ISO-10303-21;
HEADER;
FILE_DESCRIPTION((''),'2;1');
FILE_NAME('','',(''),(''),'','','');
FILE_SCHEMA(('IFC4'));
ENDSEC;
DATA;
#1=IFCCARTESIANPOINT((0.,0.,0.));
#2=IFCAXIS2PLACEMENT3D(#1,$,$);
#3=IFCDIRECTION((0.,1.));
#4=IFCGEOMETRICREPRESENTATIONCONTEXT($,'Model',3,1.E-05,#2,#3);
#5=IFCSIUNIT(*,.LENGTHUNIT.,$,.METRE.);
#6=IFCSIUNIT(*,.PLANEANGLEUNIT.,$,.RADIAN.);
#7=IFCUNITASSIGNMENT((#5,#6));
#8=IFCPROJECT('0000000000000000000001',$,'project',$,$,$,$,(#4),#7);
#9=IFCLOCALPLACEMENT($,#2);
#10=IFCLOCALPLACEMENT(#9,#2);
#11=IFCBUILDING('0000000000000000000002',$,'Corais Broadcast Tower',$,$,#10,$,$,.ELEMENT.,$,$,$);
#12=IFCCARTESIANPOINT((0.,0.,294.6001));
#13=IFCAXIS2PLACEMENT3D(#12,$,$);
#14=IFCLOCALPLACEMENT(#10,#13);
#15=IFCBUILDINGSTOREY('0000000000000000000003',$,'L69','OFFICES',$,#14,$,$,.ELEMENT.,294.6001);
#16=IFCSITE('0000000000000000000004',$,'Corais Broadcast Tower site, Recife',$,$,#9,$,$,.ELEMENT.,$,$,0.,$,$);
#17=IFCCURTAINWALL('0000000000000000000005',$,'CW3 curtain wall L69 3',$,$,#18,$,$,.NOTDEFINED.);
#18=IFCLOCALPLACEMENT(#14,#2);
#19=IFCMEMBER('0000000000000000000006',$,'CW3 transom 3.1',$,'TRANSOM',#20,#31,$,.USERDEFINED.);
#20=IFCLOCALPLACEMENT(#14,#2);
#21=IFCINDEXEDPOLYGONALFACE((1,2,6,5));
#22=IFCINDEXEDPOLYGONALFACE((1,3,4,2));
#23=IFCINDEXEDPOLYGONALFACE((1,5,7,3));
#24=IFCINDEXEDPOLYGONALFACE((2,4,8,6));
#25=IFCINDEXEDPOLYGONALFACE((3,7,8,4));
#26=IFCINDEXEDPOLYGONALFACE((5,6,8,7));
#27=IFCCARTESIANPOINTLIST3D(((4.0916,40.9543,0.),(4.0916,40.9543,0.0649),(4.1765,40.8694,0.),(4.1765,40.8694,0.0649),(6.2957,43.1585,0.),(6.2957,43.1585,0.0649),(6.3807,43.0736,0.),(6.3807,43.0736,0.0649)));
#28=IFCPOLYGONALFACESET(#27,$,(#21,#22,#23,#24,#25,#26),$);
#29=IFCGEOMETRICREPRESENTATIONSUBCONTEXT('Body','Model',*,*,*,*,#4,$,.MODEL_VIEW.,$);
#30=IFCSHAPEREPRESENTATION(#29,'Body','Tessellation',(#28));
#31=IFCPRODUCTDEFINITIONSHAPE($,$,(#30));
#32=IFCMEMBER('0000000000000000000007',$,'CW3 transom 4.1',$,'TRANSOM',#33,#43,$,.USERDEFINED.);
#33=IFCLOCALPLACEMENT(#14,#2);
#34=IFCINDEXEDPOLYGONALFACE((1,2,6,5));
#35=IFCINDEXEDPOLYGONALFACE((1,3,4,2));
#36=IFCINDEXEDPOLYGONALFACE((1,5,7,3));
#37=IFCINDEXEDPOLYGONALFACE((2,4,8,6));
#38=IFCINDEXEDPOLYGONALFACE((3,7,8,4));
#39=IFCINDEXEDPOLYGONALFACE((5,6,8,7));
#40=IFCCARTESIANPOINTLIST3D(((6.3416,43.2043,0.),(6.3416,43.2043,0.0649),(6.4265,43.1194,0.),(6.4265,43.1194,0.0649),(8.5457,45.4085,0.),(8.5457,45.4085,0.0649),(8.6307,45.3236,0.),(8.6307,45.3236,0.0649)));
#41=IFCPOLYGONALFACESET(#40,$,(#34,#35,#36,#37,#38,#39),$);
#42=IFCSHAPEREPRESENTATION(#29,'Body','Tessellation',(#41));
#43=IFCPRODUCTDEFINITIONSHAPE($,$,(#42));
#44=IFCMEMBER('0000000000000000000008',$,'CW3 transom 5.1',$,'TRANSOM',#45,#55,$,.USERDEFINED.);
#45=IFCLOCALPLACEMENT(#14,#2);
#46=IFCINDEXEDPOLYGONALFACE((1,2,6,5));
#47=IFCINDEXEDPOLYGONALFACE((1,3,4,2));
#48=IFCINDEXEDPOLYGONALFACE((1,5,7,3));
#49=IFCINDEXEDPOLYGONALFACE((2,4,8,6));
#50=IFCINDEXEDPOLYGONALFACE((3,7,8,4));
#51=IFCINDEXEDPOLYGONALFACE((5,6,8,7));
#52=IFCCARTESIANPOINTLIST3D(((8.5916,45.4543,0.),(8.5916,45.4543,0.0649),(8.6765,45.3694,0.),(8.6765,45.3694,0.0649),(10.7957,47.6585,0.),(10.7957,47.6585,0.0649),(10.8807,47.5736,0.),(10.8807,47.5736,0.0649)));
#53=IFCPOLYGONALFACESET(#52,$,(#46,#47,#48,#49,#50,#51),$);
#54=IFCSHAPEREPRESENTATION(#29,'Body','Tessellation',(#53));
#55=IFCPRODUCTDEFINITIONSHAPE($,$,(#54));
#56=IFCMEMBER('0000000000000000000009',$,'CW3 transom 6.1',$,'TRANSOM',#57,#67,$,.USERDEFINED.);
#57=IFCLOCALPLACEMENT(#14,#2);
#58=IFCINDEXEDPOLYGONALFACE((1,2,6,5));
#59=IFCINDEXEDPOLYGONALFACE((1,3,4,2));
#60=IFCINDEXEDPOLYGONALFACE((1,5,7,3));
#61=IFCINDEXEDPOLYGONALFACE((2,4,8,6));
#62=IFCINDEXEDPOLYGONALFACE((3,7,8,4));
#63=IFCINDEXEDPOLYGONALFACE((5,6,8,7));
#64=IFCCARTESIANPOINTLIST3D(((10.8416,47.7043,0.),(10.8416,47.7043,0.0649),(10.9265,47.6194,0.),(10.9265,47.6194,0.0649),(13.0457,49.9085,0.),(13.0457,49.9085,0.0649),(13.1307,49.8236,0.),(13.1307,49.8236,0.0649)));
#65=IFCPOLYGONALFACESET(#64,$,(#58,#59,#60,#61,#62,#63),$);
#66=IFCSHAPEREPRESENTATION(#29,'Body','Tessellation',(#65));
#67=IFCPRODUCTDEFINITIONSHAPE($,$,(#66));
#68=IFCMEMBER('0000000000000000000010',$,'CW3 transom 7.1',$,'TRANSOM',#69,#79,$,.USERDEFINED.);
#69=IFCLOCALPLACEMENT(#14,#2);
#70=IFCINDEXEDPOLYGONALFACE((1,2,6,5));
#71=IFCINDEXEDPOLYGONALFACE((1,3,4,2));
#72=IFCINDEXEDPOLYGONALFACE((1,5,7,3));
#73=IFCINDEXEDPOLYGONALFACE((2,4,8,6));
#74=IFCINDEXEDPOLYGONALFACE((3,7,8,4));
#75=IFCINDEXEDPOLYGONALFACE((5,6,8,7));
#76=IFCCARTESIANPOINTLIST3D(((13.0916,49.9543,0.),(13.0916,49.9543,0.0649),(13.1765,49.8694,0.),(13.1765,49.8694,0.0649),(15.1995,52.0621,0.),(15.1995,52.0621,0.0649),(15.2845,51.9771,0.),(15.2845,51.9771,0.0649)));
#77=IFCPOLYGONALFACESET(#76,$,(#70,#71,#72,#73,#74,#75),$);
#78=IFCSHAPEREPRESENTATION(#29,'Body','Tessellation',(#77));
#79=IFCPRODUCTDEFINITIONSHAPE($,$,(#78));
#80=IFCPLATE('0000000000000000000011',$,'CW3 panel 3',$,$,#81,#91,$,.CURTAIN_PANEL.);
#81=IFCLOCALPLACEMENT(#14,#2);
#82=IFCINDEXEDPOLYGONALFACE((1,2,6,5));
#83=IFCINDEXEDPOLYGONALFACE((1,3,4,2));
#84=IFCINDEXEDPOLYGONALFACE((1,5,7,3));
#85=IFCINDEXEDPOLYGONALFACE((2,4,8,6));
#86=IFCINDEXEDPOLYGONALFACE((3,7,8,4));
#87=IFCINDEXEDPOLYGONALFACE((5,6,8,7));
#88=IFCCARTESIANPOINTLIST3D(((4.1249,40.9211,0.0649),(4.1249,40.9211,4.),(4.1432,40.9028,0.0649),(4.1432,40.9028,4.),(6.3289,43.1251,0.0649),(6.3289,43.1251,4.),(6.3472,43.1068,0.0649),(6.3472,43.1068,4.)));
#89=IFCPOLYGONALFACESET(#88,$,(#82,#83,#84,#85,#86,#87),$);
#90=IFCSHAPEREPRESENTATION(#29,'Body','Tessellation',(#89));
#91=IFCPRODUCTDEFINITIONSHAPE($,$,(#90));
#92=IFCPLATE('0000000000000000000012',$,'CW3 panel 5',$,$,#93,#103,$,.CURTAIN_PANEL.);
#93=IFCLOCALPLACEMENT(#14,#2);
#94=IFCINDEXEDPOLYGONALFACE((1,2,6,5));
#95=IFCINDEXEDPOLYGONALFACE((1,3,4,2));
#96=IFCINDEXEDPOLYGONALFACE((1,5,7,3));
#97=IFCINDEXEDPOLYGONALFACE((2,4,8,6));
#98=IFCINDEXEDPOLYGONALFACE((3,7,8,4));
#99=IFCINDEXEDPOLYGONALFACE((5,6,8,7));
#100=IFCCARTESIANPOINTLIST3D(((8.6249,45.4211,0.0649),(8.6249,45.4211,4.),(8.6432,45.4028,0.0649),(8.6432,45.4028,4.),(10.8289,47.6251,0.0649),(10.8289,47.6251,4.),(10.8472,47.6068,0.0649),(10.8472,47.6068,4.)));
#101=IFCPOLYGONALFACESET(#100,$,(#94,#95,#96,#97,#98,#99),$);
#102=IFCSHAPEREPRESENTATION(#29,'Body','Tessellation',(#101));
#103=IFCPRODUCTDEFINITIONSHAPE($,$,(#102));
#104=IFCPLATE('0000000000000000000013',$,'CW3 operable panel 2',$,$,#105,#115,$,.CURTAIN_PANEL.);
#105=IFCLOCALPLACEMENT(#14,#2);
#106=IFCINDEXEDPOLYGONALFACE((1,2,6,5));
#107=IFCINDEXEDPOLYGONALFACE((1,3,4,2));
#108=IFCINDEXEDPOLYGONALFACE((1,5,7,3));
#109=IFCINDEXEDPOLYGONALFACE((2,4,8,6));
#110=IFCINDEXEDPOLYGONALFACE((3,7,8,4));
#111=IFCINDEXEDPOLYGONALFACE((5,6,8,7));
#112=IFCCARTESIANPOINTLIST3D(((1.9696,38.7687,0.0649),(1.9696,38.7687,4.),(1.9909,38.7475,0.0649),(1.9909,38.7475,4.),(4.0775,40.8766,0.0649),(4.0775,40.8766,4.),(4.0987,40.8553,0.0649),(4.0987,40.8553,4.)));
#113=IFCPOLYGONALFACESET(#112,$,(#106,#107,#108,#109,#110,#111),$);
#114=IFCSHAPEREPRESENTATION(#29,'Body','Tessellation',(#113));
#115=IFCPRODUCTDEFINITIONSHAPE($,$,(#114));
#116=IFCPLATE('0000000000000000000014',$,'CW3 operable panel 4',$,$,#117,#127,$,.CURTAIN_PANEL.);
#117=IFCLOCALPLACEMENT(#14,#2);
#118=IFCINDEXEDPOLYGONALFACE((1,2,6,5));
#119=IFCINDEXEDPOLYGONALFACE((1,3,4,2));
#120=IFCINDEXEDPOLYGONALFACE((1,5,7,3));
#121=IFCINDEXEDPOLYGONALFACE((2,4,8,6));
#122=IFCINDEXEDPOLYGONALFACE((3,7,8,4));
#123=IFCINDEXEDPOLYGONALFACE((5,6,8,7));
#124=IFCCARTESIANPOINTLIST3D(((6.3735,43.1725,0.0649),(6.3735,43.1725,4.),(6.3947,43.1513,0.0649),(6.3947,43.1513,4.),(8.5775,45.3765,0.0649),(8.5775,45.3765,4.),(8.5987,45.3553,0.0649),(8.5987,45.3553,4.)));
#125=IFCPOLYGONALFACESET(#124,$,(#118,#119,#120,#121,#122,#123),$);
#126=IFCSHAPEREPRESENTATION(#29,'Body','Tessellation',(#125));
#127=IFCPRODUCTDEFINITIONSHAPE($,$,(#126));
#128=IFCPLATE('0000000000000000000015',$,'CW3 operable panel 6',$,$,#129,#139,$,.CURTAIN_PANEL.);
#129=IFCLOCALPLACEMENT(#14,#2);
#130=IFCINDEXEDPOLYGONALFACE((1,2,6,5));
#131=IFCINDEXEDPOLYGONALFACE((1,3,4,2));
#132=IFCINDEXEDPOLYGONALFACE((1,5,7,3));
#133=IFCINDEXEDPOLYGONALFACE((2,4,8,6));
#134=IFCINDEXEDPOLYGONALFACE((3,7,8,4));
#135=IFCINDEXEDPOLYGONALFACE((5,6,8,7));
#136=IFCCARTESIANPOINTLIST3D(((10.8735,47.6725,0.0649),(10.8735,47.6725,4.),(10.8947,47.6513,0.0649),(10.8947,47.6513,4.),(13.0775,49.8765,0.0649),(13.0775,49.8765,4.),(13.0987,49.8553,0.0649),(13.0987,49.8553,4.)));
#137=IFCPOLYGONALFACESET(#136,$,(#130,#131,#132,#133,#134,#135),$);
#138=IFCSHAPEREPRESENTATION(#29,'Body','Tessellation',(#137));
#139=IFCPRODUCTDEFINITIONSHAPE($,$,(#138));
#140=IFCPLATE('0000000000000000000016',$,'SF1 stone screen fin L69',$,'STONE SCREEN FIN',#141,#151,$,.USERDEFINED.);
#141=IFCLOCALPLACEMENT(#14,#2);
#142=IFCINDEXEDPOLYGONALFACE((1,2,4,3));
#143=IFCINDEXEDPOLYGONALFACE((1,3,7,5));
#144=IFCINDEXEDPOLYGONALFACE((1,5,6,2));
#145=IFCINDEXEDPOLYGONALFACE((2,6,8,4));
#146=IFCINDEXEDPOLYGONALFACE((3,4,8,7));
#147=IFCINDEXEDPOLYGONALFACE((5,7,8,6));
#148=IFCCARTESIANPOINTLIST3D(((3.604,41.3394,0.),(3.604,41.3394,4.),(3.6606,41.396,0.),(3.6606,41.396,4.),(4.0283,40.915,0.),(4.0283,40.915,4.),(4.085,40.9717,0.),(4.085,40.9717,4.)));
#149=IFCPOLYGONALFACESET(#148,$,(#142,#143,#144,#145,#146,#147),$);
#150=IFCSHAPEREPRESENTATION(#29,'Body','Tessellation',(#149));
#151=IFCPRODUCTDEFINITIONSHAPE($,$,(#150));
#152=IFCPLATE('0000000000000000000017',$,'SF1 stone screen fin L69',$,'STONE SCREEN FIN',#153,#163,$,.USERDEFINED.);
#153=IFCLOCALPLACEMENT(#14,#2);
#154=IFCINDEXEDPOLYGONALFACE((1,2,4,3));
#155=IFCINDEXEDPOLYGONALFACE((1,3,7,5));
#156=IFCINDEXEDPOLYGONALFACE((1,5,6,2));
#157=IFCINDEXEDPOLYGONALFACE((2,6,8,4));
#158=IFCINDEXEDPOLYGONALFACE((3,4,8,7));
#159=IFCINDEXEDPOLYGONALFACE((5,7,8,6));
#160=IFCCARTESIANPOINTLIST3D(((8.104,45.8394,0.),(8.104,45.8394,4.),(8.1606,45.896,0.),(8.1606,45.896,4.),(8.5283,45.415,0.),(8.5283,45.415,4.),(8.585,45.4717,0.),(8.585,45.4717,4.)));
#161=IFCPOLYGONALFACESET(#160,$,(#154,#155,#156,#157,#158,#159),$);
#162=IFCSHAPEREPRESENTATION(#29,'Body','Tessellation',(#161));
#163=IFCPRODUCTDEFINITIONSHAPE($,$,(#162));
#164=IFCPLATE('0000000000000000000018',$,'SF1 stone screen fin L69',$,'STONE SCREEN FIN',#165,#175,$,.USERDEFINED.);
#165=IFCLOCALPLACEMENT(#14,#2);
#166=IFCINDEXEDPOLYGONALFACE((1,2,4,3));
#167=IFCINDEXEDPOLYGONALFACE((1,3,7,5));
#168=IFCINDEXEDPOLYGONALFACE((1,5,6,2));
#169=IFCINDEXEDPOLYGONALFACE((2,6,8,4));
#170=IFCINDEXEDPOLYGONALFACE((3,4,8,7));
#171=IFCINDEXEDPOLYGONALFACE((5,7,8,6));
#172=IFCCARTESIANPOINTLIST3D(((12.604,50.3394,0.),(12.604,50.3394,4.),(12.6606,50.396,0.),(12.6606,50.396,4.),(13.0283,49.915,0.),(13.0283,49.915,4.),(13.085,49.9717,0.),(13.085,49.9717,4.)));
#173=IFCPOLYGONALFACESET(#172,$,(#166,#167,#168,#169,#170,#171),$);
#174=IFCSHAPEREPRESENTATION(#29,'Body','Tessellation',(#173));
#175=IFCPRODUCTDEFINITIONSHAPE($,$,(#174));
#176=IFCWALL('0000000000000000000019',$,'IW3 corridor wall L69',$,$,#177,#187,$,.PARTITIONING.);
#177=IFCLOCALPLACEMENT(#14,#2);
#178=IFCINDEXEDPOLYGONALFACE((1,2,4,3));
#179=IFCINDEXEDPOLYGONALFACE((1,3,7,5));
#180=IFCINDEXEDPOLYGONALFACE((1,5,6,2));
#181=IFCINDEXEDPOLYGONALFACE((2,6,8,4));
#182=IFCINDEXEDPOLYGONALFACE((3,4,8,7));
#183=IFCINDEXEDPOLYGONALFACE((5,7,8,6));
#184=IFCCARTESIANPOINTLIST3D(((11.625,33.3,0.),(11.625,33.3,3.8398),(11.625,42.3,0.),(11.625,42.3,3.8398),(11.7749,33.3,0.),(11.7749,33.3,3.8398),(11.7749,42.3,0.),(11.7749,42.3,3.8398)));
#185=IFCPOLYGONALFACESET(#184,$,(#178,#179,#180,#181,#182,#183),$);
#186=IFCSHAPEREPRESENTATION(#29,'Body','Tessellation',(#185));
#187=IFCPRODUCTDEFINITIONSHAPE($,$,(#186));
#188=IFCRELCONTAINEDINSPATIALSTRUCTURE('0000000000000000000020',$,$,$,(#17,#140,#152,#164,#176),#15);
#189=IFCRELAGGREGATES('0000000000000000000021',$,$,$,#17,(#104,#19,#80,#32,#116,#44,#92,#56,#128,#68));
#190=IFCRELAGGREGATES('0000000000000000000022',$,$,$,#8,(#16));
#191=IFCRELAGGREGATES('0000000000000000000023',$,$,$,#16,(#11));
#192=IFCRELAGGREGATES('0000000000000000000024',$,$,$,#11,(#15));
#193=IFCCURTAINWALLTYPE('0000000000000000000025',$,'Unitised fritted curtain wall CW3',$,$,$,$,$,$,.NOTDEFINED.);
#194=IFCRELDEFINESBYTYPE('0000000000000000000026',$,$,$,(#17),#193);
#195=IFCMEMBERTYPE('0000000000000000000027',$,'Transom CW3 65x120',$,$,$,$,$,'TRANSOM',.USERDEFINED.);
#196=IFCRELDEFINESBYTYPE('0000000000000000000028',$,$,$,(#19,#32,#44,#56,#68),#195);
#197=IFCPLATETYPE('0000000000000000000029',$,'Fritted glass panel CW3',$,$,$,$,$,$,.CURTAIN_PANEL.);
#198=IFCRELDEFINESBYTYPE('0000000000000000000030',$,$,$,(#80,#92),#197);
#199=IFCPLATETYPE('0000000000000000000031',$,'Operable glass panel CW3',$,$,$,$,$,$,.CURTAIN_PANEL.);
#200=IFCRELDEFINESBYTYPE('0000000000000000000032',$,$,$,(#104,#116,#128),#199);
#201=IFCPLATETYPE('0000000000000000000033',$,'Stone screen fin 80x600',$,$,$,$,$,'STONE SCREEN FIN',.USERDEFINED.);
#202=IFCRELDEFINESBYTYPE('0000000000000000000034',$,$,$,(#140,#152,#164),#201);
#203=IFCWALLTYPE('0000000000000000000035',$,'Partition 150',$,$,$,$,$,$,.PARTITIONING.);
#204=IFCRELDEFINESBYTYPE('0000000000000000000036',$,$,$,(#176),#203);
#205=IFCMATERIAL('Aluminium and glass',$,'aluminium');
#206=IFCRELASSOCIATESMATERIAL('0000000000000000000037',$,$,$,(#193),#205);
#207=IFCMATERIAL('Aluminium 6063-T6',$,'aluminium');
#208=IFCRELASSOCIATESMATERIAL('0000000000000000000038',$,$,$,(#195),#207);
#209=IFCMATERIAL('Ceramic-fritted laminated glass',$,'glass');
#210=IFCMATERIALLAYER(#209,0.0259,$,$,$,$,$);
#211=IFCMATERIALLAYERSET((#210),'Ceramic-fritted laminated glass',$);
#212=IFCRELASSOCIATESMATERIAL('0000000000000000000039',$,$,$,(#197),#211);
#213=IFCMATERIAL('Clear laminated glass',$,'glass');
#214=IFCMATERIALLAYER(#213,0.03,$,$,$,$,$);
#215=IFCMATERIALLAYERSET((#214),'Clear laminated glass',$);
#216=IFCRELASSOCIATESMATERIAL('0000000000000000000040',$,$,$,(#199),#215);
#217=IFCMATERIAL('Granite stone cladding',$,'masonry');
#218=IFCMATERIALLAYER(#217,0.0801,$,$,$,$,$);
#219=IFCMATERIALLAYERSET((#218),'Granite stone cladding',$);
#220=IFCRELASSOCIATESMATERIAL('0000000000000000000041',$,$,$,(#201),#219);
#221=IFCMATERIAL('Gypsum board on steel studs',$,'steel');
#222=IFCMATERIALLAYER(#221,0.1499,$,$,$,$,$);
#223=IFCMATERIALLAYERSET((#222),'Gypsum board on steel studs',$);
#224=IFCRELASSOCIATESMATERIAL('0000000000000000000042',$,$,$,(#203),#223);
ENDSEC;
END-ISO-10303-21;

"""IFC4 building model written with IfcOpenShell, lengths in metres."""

from ifc_helpers import new_model, si_unit, direction, frame, frame_2d, origin, origin_2d, place, context, subcontext, project, spatial, rectangle, extrude, material, layer, layer_set, material_profile, profile_set, type_object, element, aggregate, save


model = new_model("IFC4")

# Units and contexts
model_context = context("Model", 3, precision=1e-05, world=origin(), true_north=direction((0.0, 1.0)))
body_context = subcontext(model_context, "Body", "Model", "MODEL_VIEW")
ifc_project = project(units=[si_unit("LENGTHUNIT", "METRE"), si_unit("PLANEANGLEUNIT", "RADIAN")], contexts=[model_context])

# Site, building, storey
site_placement = place(None, origin())
site = spatial("IfcSite", under=ifc_project, at=site_placement, Name="Corais Broadcast Tower site, Recife", CompositionType="ELEMENT", RefElevation=0.0)
building_placement = place(site_placement, origin())
building = spatial("IfcBuilding", under=site, at=building_placement, Name="Corais Broadcast Tower", CompositionType="ELEMENT")
storey_placement = place(building_placement, frame((0.0, 0.0, 294.6001)))
storey = spatial("IfcBuildingStorey", under=building, at=storey_placement, Name="L69", Description="OFFICES", CompositionType="ELEMENT", Elevation=294.6001)

# Curtain wall
ifc_material_1 = material(Name="Aluminium and glass", Category="aluminium")
curtain_wall_type = type_object("IfcCurtainWallType", Name="Unitised fritted curtain wall CW3", PredefinedType="NOTDEFINED", material=ifc_material_1)
curtain_wall_placement = place(storey_placement, origin())
curtain_wall = element("IfcCurtainWall", 1, at=curtain_wall_placement, inside=storey, type_object=curtain_wall_type, Name="CW3 curtain wall L69 3", PredefinedType="NOTDEFINED")

# Members
ifc_material_2 = material(Name="Aluminium 6063-T6", Category="aluminium")
ifc_material_profile_1 = material_profile(ifc_material_2, rectangle(XDim=0.1201, YDim=0.0649, at=origin_2d()), Name="Transom CW3 65x120")
ifc_profile_set_1 = profile_set([ifc_material_profile_1], Name="Aluminium 6063-T6")
member_type_1 = type_object("IfcMemberType", Name="Transom CW3 65x120", ElementType="TRANSOM", PredefinedType="USERDEFINED", material=ifc_profile_set_1)
member_1_placement = place(storey_placement, frame((4.134, 40.9119, 0.0325), z_axis=(0.707107, 0.707107, 0.0), x_axis=(-0.707107, 0.707107, 0.0)))
member_1 = element("IfcMember", 2, at=member_1_placement, type_object=member_type_1, Name="CW3 transom 3.1", ObjectType="TRANSOM", PredefinedType="USERDEFINED", context=body_context, shape_type="SweptSolid", body=[
    extrude(rectangle(XDim=0.1201, YDim=0.0649, at=origin_2d()), origin(), (0.0, 0.0, 1.0), 3.1172),
])
member_2_placement = place(storey_placement, frame((6.384, 43.1619, 0.0325), z_axis=(0.707107, 0.707107, 0.0), x_axis=(-0.707107, 0.707107, 0.0)))
member_2 = element("IfcMember", 3, at=member_2_placement, type_object=member_type_1, Name="CW3 transom 4.1", ObjectType="TRANSOM", PredefinedType="USERDEFINED", context=body_context, shape_type="SweptSolid", body=[
    extrude(rectangle(XDim=0.1201, YDim=0.0649, at=origin_2d()), origin(), (0.0, 0.0, 1.0), 3.1172),
])
member_3_placement = place(storey_placement, frame((8.634, 45.4119, 0.0325), z_axis=(0.707107, 0.707107, 0.0), x_axis=(-0.707107, 0.707107, 0.0)))
member_3 = element("IfcMember", 4, at=member_3_placement, type_object=member_type_1, Name="CW3 transom 5.1", ObjectType="TRANSOM", PredefinedType="USERDEFINED", context=body_context, shape_type="SweptSolid", body=[
    extrude(rectangle(XDim=0.1201, YDim=0.0649, at=origin_2d()), origin(), (0.0, 0.0, 1.0), 3.1172),
])
member_4_placement = place(storey_placement, frame((10.884, 47.6619, 0.0325), z_axis=(0.707107, 0.707107, 0.0), x_axis=(-0.707107, 0.707107, 0.0)))
member_4 = element("IfcMember", 5, at=member_4_placement, type_object=member_type_1, Name="CW3 transom 6.1", ObjectType="TRANSOM", PredefinedType="USERDEFINED", context=body_context, shape_type="SweptSolid", body=[
    extrude(rectangle(XDim=0.1201, YDim=0.0649, at=origin_2d()), origin(), (0.0, 0.0, 1.0), 3.1172),
])
member_5_placement = place(storey_placement, frame((13.134, 49.9119, 0.0325), z_axis=(0.707148, 0.707066, 0.0), x_axis=(-0.707066, 0.707148, 0.0)))
member_5 = element("IfcMember", 6, at=member_5_placement, type_object=member_type_1, Name="CW3 transom 7.1", ObjectType="TRANSOM", PredefinedType="USERDEFINED", context=body_context, shape_type="SweptSolid", body=[
    extrude(rectangle(XDim=0.1201, YDim=0.0649, at=origin_2d()), origin(), (0.0, 0.0, 1.0), 2.981),
])

# Plates
ifc_material_3 = material(Name="Ceramic-fritted laminated glass", Category="glass")
ifc_layer_1 = layer(ifc_material_3, 0.0259)
ifc_layer_set_1 = layer_set([ifc_layer_1], Name="Ceramic-fritted laminated glass")
plate_type_1 = type_object("IfcPlateType", Name="Fritted glass panel CW3", PredefinedType="CURTAIN_PANEL", material=ifc_layer_set_1)
plate_1_placement = place(storey_placement, frame((5.2361, 42.0139, 0.0649), z_axis=(0.0, 0.0, 1.0), x_axis=(0.707107, 0.707107, 0.0)))
plate_1 = element("IfcPlate", 7, at=plate_1_placement, type_object=plate_type_1, Name="CW3 panel 3", PredefinedType="CURTAIN_PANEL", context=body_context, shape_type="SweptSolid", body=[
    extrude(rectangle(XDim=3.1169, YDim=0.0259, at=origin_2d()), origin(), (0.0, 0.0, 1.0), 3.9351),
])
plate_2_placement = place(storey_placement, frame((9.7361, 46.5139, 0.0649), z_axis=(0.0, 0.0, 1.0), x_axis=(0.707107, 0.707107, 0.0)))
plate_2 = element("IfcPlate", 8, at=plate_2_placement, type_object=plate_type_1, Name="CW3 panel 5", PredefinedType="CURTAIN_PANEL", context=body_context, shape_type="SweptSolid", body=[
    extrude(rectangle(XDim=3.1169, YDim=0.0259, at=origin_2d()), origin(), (0.0, 0.0, 1.0), 3.9351),
])
ifc_material_4 = material(Name="Clear laminated glass", Category="glass")
ifc_layer_2 = layer(ifc_material_4, 0.03)
ifc_layer_set_2 = layer_set([ifc_layer_2], Name="Clear laminated glass")
plate_type_2 = type_object("IfcPlateType", Name="Operable glass panel CW3", PredefinedType="CURTAIN_PANEL", material=ifc_layer_set_2)
plate_3_placement = place(storey_placement, frame((3.0342, 39.812, 0.0649), z_axis=(0.0, 0.0, 1.0), x_axis=(0.707107, 0.707107, 0.0)))
plate_3 = element("IfcPlate", 9, at=plate_3_placement, type_object=plate_type_2, Name="CW3 operable panel 2", PredefinedType="CURTAIN_PANEL", context=body_context, shape_type="SweptSolid", body=[
    extrude(rectangle(XDim=2.981, YDim=0.03, at=origin_2d()), origin(), (0.0, 0.0, 1.0), 3.9351),
])
plate_4_placement = place(storey_placement, frame((7.4861, 44.2639, 0.0649), z_axis=(0.0, 0.0, 1.0), x_axis=(0.707107, 0.707107, 0.0)))
plate_4 = element("IfcPlate", 10, at=plate_4_placement, type_object=plate_type_2, Name="CW3 operable panel 4", PredefinedType="CURTAIN_PANEL", context=body_context, shape_type="SweptSolid", body=[
    extrude(rectangle(XDim=3.1169, YDim=0.03, at=origin_2d()), origin(), (0.0, 0.0, 1.0), 3.9351),
])
plate_5_placement = place(storey_placement, frame((11.9861, 48.7639, 0.0649), z_axis=(0.0, 0.0, 1.0), x_axis=(0.707107, 0.707107, 0.0)))
plate_5 = element("IfcPlate", 11, at=plate_5_placement, type_object=plate_type_2, Name="CW3 operable panel 6", PredefinedType="CURTAIN_PANEL", context=body_context, shape_type="SweptSolid", body=[
    extrude(rectangle(XDim=3.1169, YDim=0.03, at=origin_2d()), origin(), (0.0, 0.0, 1.0), 3.9351),
])
aggregate(curtain_wall, [plate_3, member_1, plate_1, member_2, plate_4, member_3, plate_2, member_4, plate_5, member_5])

# Plates
ifc_material_5 = material(Name="Granite stone cladding", Category="masonry")
ifc_layer_3 = layer(ifc_material_5, 0.0801)
ifc_layer_set_3 = layer_set([ifc_layer_3], Name="Granite stone cladding")
plate_type_3 = type_object("IfcPlateType", Name="Stone screen fin 80x600", ElementType="STONE SCREEN FIN", PredefinedType="USERDEFINED", material=ifc_layer_set_3)
for number, where, z_axis, x_axis, name in (
    (12, (3.8445, 41.1555, 0.0), (0.0, 0.0, 1.0), (0.707107, 0.707107, 0.0), "SF1 stone screen fin L69"),
    (13, (8.3445, 45.6555, 0.0), (0.0, 0.0, 1.0), (0.707107, 0.707107, 0.0), "SF1 stone screen fin L69"),
    (14, (12.8445, 50.1555, 0.0), (0.0, 0.0, 1.0), (0.707107, 0.707107, 0.0), "SF1 stone screen fin L69"),
):
    element("IfcPlate", number, at=place(storey_placement, frame(where, z_axis=z_axis, x_axis=x_axis)), inside=storey, type_object=plate_type_3, Name=name, ObjectType="STONE SCREEN FIN", PredefinedType="USERDEFINED", context=body_context, shape_type="SweptSolid", body=[
        extrude(rectangle(XDim=0.0801, YDim=0.6001, at=origin_2d()), origin(), (0.0, 0.0, 1.0), 4.0),
    ])

# Wall
ifc_material_6 = material(Name="Gypsum board on steel studs", Category="steel")
ifc_layer_4 = layer(ifc_material_6, 0.1499)
ifc_layer_set_4 = layer_set([ifc_layer_4], Name="Gypsum board on steel studs")
wall_type = type_object("IfcWallType", Name="Partition 150", PredefinedType="PARTITIONING", material=ifc_layer_set_4)
wall_placement = place(storey_placement, frame((11.7, 42.3, 0.0), z_axis=(0.0, 0.0, 1.0), x_axis=(0.0, -1.0, 0.0)))
element("IfcWall", 15, at=wall_placement, inside=storey, type_object=wall_type, Name="IW3 corridor wall L69", PredefinedType="PARTITIONING", context=body_context, shape_type="SweptSolid", body=[
    extrude(rectangle(XDim=9.0, YDim=0.1499, at=frame_2d((4.5, 0.0))), origin(), (0.0, 0.0, 1.0), 3.8398),
])

save(model, "model.ifc")
